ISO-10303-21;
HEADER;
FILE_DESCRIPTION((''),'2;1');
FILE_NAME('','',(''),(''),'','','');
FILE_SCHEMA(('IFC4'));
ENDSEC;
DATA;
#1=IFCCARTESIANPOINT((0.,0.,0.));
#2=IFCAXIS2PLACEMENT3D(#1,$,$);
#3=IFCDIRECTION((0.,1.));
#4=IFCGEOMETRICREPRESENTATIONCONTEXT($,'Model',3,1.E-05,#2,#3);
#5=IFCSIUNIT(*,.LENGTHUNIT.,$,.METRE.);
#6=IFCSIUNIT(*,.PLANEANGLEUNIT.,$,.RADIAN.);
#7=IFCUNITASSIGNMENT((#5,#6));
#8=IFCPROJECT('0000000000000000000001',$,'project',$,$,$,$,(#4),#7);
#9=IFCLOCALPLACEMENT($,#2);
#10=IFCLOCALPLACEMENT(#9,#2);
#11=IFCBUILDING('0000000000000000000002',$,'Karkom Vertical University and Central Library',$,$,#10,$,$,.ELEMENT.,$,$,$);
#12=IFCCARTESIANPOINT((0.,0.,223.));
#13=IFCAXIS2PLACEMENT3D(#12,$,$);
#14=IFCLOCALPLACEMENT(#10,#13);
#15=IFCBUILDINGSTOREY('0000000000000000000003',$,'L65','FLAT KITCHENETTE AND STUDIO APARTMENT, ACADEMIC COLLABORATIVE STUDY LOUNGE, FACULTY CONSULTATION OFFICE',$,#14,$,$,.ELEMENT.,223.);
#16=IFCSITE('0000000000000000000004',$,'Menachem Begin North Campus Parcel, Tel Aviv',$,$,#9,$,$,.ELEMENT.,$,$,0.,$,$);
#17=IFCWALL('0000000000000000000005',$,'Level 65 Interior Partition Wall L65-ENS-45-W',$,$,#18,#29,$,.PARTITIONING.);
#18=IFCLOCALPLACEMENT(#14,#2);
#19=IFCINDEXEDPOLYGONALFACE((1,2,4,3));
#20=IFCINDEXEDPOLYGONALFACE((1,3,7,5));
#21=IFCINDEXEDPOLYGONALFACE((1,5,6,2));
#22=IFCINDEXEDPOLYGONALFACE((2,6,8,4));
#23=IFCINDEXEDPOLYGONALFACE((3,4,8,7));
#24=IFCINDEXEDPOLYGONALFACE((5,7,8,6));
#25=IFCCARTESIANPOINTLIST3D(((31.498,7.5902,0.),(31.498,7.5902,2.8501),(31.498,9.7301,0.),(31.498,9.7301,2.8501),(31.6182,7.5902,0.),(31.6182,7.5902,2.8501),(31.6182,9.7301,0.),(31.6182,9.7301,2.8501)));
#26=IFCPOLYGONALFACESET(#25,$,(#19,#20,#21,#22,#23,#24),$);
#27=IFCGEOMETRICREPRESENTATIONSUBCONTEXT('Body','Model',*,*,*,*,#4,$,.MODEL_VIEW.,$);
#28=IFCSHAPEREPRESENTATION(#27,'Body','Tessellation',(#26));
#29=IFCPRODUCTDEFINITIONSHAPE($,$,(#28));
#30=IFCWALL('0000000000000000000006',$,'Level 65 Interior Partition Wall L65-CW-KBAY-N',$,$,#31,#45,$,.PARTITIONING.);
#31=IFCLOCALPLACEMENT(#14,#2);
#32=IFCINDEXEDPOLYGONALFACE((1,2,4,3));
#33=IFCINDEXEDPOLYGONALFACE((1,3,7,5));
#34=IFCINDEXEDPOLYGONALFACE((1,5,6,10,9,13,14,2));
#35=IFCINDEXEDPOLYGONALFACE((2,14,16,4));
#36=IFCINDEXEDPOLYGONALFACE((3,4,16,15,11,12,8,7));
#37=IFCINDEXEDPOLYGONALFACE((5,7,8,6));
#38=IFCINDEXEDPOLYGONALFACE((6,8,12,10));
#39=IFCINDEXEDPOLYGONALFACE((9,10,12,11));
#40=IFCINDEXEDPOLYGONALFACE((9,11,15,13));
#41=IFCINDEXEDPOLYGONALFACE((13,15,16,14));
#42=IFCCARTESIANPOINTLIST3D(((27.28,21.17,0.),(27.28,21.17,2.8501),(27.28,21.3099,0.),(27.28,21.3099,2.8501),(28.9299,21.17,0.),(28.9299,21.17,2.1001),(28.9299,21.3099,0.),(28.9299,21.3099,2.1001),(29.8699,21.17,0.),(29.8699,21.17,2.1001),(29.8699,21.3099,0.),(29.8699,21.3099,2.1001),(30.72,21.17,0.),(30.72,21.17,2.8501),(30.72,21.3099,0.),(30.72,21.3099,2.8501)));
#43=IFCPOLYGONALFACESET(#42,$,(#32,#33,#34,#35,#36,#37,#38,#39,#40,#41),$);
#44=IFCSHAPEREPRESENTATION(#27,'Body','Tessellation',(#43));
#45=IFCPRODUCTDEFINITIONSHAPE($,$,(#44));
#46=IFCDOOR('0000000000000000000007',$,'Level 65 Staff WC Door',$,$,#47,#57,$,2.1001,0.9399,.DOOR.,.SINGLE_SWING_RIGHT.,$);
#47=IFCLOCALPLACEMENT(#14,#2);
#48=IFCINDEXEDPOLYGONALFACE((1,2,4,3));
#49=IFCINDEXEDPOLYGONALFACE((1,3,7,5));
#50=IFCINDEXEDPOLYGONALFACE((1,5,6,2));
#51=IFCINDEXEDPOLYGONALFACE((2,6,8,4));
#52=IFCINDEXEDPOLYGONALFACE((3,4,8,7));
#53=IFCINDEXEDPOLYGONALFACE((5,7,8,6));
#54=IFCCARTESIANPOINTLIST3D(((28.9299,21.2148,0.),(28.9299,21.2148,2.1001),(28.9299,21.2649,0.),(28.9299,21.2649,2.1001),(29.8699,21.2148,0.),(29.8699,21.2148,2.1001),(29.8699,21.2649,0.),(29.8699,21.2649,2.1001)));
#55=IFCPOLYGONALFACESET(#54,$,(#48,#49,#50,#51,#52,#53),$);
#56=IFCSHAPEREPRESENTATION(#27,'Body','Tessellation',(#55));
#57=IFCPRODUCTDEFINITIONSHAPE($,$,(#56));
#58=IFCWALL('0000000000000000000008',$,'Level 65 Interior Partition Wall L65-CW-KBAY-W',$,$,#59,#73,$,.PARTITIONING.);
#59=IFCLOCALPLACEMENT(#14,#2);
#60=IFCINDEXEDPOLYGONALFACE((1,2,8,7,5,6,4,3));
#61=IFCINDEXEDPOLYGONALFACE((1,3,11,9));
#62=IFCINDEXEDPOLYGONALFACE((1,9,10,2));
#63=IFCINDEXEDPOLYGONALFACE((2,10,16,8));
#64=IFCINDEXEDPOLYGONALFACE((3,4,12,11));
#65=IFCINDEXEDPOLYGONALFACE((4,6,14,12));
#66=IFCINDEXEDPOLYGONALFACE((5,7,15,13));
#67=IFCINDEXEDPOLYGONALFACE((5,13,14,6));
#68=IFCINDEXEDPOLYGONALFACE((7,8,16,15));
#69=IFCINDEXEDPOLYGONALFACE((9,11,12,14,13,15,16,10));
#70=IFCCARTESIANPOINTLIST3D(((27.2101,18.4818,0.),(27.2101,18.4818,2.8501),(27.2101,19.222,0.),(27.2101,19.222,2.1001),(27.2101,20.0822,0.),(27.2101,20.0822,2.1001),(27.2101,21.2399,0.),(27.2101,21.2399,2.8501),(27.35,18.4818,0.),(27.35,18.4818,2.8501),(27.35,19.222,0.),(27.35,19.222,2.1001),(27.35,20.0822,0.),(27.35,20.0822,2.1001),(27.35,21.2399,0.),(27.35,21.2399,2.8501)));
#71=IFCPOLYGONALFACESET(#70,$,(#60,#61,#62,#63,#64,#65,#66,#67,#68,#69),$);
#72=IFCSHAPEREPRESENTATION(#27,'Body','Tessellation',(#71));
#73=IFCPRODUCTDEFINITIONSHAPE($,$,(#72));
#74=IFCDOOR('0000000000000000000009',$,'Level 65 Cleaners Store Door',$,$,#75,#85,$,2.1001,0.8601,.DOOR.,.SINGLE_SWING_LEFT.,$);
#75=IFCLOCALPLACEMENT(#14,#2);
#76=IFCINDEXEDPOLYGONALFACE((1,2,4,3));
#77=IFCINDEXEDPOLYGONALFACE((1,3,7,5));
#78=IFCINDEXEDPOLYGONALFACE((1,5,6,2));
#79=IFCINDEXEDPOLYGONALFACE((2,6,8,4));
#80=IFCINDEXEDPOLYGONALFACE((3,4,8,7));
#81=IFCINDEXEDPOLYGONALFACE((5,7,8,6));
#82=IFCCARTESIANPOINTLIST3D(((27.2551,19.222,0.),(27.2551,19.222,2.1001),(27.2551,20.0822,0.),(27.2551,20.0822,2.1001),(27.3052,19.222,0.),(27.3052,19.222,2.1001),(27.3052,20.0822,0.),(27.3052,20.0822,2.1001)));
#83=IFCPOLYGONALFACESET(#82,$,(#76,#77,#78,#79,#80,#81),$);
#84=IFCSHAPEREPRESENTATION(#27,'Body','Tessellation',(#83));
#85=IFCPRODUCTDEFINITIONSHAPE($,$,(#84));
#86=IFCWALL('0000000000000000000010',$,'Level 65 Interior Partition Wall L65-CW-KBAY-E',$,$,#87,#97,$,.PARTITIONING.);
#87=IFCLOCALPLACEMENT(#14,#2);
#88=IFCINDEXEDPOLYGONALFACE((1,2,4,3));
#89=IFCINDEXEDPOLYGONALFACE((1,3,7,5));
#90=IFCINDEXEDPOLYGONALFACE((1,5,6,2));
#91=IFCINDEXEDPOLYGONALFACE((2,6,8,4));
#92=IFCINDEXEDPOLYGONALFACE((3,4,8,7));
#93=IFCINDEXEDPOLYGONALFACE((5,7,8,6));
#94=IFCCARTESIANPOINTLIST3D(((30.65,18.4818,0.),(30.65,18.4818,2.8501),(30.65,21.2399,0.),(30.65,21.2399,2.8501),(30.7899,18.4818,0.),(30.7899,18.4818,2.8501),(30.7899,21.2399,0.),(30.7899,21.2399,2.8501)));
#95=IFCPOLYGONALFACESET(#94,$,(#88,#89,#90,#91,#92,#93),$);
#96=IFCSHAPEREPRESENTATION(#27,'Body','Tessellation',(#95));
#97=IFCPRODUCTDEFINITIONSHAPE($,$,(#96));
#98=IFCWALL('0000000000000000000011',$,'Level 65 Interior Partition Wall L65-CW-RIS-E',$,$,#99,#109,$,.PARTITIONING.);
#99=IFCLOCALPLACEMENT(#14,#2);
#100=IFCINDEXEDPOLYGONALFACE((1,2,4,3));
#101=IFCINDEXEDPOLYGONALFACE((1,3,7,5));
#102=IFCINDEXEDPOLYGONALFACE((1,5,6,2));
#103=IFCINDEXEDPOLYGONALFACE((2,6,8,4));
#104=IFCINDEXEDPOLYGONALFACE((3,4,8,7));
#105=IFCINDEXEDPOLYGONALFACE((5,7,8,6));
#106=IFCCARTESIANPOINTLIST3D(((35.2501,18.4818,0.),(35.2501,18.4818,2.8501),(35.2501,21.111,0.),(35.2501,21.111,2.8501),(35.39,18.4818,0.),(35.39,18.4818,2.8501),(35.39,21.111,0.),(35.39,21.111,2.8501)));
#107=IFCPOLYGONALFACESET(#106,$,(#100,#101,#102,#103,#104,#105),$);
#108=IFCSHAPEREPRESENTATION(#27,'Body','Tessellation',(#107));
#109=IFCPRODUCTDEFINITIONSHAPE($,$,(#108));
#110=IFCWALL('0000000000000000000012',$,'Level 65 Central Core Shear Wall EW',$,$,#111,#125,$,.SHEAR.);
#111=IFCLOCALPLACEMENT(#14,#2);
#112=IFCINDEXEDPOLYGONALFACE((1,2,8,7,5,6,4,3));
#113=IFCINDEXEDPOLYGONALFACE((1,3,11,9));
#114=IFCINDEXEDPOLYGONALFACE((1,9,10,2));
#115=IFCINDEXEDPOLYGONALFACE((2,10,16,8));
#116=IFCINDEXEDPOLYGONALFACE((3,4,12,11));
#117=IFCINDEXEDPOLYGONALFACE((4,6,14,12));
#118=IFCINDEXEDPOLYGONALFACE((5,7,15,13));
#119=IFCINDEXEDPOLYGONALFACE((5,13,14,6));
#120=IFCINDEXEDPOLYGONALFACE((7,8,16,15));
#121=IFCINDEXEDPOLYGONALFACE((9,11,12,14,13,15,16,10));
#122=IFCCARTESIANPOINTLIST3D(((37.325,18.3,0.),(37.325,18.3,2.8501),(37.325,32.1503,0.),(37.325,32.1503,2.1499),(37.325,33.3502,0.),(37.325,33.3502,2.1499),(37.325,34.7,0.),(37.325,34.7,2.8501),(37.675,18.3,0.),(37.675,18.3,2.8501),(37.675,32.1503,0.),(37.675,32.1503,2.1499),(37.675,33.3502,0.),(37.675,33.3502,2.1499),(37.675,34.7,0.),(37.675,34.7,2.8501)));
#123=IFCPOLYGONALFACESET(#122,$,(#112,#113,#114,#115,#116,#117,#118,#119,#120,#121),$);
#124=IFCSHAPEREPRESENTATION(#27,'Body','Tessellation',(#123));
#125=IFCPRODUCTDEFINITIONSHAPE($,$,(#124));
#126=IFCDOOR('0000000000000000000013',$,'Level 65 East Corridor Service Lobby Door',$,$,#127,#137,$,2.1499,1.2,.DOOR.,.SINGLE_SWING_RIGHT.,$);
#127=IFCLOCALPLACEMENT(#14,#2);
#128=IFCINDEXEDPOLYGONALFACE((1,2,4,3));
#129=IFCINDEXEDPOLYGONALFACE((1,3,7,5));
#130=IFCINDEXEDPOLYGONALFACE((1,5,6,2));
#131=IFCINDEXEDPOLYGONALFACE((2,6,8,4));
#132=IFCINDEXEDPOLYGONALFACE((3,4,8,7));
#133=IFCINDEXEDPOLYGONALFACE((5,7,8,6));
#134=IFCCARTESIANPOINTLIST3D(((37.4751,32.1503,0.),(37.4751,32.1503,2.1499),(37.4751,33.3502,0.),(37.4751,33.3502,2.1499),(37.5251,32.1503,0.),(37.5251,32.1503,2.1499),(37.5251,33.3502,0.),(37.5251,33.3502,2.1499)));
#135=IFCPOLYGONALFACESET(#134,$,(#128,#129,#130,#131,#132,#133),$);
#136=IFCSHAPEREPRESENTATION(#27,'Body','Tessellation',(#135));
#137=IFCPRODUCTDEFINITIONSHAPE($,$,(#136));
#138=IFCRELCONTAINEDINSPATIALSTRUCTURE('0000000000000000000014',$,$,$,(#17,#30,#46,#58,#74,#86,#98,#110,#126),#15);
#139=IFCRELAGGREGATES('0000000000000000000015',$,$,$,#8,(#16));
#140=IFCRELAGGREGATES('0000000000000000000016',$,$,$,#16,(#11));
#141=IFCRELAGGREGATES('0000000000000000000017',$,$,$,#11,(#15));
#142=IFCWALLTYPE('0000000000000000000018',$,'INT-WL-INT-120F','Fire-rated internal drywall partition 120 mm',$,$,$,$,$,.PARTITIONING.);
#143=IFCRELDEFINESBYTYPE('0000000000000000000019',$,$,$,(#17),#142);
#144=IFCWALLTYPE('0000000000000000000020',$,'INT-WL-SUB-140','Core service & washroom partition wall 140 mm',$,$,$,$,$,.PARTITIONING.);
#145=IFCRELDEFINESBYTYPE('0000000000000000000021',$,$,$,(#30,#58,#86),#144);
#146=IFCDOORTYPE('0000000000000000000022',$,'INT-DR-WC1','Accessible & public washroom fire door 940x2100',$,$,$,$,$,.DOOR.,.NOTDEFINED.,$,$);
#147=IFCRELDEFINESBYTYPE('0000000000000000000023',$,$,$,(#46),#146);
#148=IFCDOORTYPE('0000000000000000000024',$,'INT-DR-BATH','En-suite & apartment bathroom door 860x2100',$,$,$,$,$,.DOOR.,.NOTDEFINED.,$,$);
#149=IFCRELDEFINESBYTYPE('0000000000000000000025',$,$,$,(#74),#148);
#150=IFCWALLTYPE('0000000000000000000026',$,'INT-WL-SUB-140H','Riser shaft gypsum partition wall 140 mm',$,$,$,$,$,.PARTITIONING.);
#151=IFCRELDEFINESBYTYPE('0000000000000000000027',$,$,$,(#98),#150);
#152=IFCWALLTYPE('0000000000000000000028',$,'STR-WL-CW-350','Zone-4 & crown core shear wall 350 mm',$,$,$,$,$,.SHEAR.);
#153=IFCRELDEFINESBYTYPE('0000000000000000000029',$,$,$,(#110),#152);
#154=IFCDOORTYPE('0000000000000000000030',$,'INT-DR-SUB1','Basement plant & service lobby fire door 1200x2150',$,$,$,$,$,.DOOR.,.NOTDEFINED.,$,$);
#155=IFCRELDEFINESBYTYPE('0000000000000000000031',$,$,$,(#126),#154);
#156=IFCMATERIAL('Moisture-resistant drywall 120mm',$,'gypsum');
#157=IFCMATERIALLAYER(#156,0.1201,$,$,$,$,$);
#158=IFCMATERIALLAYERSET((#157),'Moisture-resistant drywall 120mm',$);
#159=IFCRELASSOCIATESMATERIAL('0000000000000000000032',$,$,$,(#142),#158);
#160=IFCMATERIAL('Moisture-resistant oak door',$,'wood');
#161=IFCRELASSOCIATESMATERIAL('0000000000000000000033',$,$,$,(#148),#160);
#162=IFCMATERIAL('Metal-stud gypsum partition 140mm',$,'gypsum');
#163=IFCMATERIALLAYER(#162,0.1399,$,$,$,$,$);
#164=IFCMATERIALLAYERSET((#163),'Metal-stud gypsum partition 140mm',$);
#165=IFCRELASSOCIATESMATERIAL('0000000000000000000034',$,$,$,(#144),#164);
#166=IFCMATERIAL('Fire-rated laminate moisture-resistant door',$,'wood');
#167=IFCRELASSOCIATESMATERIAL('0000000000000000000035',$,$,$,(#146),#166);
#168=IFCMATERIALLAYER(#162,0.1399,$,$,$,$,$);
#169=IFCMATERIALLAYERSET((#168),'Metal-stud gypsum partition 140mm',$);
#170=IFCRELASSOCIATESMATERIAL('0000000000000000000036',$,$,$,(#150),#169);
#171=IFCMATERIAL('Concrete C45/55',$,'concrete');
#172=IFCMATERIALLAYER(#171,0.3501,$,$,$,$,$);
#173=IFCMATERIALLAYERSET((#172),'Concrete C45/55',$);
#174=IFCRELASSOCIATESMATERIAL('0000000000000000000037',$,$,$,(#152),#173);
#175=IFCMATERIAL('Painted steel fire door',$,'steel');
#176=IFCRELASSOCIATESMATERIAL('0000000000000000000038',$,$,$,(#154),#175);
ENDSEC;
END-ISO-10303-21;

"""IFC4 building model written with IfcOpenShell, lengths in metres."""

from ifc_helpers import new_model, si_unit, direction, frame, frame_2d, origin, origin_with_axes, place, context, subcontext, project, spatial, rectangle, extrude, source, transform, mapped, material, layer, layer_set, type_object, element, fill, save


model = new_model("IFC4")

# Units and contexts
model_context = context("Model", 3, precision=1e-05, world=origin(), true_north=direction((0.0, 1.0)))
body_context = subcontext(model_context, "Body", "Model", "MODEL_VIEW")
ifc_project = project(units=[si_unit("LENGTHUNIT", "METRE"), si_unit("PLANEANGLEUNIT", "RADIAN")], contexts=[model_context])

# Site, building, storey
site_placement = place(None, origin())
site = spatial("IfcSite", under=ifc_project, at=site_placement, Name="Menachem Begin North Campus Parcel, Tel Aviv", CompositionType="ELEMENT", RefElevation=0.0)
building_placement = place(site_placement, origin())
building = spatial("IfcBuilding", under=site, at=building_placement, Name="Karkom Vertical University and Central Library", CompositionType="ELEMENT")
storey_placement = place(building_placement, frame((0.0, 0.0, 223.0)))
storey = spatial("IfcBuildingStorey", under=building, at=storey_placement, Name="L65", Description="FLAT KITCHENETTE AND STUDIO APARTMENT, ACADEMIC COLLABORATIVE STUDY LOUNGE, FACULTY CONSULTATION OFFICE", CompositionType="ELEMENT", Elevation=223.0)

# Shared definitions
ifc_material_1 = material(Name="Moisture-resistant drywall 120mm", Category="gypsum")

# Shared definitions
ifc_layer_1 = layer(ifc_material_1, 0.1201)
ifc_layer_set_1 = layer_set([ifc_layer_1], Name="Moisture-resistant drywall 120mm")
wall_type_1 = type_object("IfcWallType", Name="INT-WL-INT-120F", Description="Fire-rated internal drywall partition 120 mm", PredefinedType="PARTITIONING", material=ifc_layer_set_1)
ifc_material_2 = material(Name="Moisture-resistant oak door", Category="wood")
door_type_1 = type_object("IfcDoorType", Name="INT-DR-BATH", Description="En-suite & apartment bathroom door 860x2100", OperationType="NOTDEFINED", PredefinedType="DOOR", material=ifc_material_2)
shared_shape_1 = source(origin_with_axes(), body_context, "Body", "SweptSolid", [
    extrude(rectangle(XDim=0.8601, YDim=2.1001, at=frame_2d((0.4302, 1.05))), frame((0.0, 0.0249, 0.0), z_axis=(0.0, -1.0, 0.0), x_axis=(1.0, 0.0, 0.0)), (0.0, 0.0, 1.0), 0.05),
])

# Wall
for number, where, z_axis, x_axis, name in (
    (1, (31.5581, 9.73, 0.0), (0.0, 0.0, 1.0), (0.0, -1.0, 0.0), "Level 65 Interior Partition Wall L65-ENS-45-W"),
):
    element("IfcWall", number, at=place(storey_placement, frame(where, z_axis=z_axis, x_axis=x_axis)), inside=storey, type_object=wall_type_1, Name=name, PredefinedType="PARTITIONING", context=body_context, shape_type="SweptSolid", body=[
        extrude(rectangle(XDim=2.1399, YDim=0.1201, at=frame_2d((1.0698, 0.0))), origin(), (0.0, 0.0, 1.0), 2.8501),
    ])

# Walls, openings, doors
ifc_material_3 = material(Name="Metal-stud gypsum partition 140mm", Category="gypsum")
ifc_layer_2 = layer(ifc_material_3, 0.1399)
ifc_layer_set_2 = layer_set([ifc_layer_2], Name="Metal-stud gypsum partition 140mm")
wall_type_2 = type_object("IfcWallType", Name="INT-WL-SUB-140", Description="Core service & washroom partition wall 140 mm", PredefinedType="PARTITIONING", material=ifc_layer_set_2)
wall_1_placement = place(storey_placement, frame((27.28, 21.24, 0.0), z_axis=(0.0, 0.0, 1.0), x_axis=(1.0, 0.0, 0.0)))
wall_1 = element("IfcWall", 2, at=wall_1_placement, inside=storey, type_object=wall_type_2, Name="Level 65 Interior Partition Wall L65-CW-KBAY-N", PredefinedType="PARTITIONING", context=body_context, shape_type="SweptSolid", body=[
    extrude(rectangle(XDim=3.4399, YDim=0.1399, at=frame_2d((1.72, 0.0))), origin(), (0.0, 0.0, 1.0), 2.8501),
])
opening_1_placement = place(wall_1_placement, frame((1.6499, 0.0, 0.0)))
opening_1 = element("IfcOpeningElement", 3, at=opening_1_placement, cuts=wall_1, PredefinedType="OPENING", context=body_context, shape_type="SweptSolid", body=[
    extrude(rectangle(XDim=0.9399, YDim=2.1001, at=frame_2d((0.47, 1.05))), frame((0.0, 0.0801, 0.0), z_axis=(0.0, -1.0, 0.0), x_axis=(1.0, 0.0, 0.0)), (0.0, 0.0, 1.0), 0.1599),
])
ifc_material_4 = material(Name="Fire-rated laminate moisture-resistant door", Category="wood")
door_type_2 = type_object("IfcDoorType", Name="INT-DR-WC1", Description="Accessible & public washroom fire door 940x2100", OperationType="NOTDEFINED", PredefinedType="DOOR", material=ifc_material_4)
shared_shape_2 = source(origin_with_axes(), body_context, "Body", "SweptSolid", [
    extrude(rectangle(XDim=0.9399, YDim=2.1001, at=frame_2d((0.47, 1.05))), frame((0.0, 0.0249, 0.0), z_axis=(0.0, -1.0, 0.0), x_axis=(1.0, 0.0, 0.0)), (0.0, 0.0, 1.0), 0.05),
])
door_1_placement = place(opening_1_placement, origin())
door_1 = element("IfcDoor", 4, at=door_1_placement, inside=storey, type_object=door_type_2, Name="Level 65 Staff WC Door", OperationType="SINGLE_SWING_RIGHT", OverallHeight=2.1001, OverallWidth=0.9399, PredefinedType="DOOR", context=body_context, shape_type="MappedRepresentation", body=[
    mapped(shared_shape_2, transform((0.0, 0.0, 0.0), scale=1.0)),
])
fill(opening_1, door_1)
wall_2_placement = place(storey_placement, frame((27.28, 18.4819, 0.0), z_axis=(0.0, 0.0, 1.0), x_axis=(0.0, 1.0, 0.0)))
wall_2 = element("IfcWall", 5, at=wall_2_placement, inside=storey, type_object=wall_type_2, Name="Level 65 Interior Partition Wall L65-CW-KBAY-W", PredefinedType="PARTITIONING", context=body_context, shape_type="SweptSolid", body=[
    extrude(rectangle(XDim=2.7581, YDim=0.1399, at=frame_2d((1.3789, 0.0))), origin(), (0.0, 0.0, 1.0), 2.8501),
])
opening_2_placement = place(wall_2_placement, frame((0.74, 0.0, 0.0)))
opening_2 = element("IfcOpeningElement", 6, at=opening_2_placement, cuts=wall_2, PredefinedType="OPENING", context=body_context, shape_type="SweptSolid", body=[
    extrude(rectangle(XDim=0.8601, YDim=2.1001, at=frame_2d((0.4302, 1.05))), frame((0.0, 0.0801, 0.0), z_axis=(0.0, -1.0, 0.0), x_axis=(1.0, 0.0, 0.0)), (0.0, 0.0, 1.0), 0.1599),
])
door_2_placement = place(opening_2_placement, origin())
door_2 = element("IfcDoor", 7, at=door_2_placement, inside=storey, type_object=door_type_1, Name="Level 65 Cleaners Store Door", OperationType="SINGLE_SWING_LEFT", OverallHeight=2.1001, OverallWidth=0.8601, PredefinedType="DOOR", context=body_context, shape_type="MappedRepresentation", body=[
    mapped(shared_shape_1, transform((0.0, 0.0, 0.0), scale=1.0)),
])
fill(opening_2, door_2)

# Walls
wall_3_placement = place(storey_placement, frame((30.72, 18.4819, 0.0), z_axis=(0.0, 0.0, 1.0), x_axis=(0.0, 1.0, 0.0)))
element("IfcWall", 8, at=wall_3_placement, inside=storey, type_object=wall_type_2, Name="Level 65 Interior Partition Wall L65-CW-KBAY-E", PredefinedType="PARTITIONING", context=body_context, shape_type="SweptSolid", body=[
    extrude(rectangle(XDim=2.7581, YDim=0.1399, at=frame_2d((1.3789, 0.0))), origin(), (0.0, 0.0, 1.0), 2.8501),
])
ifc_layer_3 = layer(ifc_material_3, 0.1399)
ifc_layer_set_3 = layer_set([ifc_layer_3], Name="Metal-stud gypsum partition 140mm")
wall_type_3 = type_object("IfcWallType", Name="INT-WL-SUB-140H", Description="Riser shaft gypsum partition wall 140 mm", PredefinedType="PARTITIONING", material=ifc_layer_set_3)
wall_4_placement = place(storey_placement, frame((35.3201, 18.4819, 0.0), z_axis=(0.0, 0.0, 1.0), x_axis=(0.0, 1.0, 0.0)))
element("IfcWall", 9, at=wall_4_placement, inside=storey, type_object=wall_type_3, Name="Level 65 Interior Partition Wall L65-CW-RIS-E", PredefinedType="PARTITIONING", context=body_context, shape_type="SweptSolid", body=[
    extrude(rectangle(XDim=2.6292, YDim=0.1399, at=frame_2d((1.3145, 0.0))), origin(), (0.0, 0.0, 1.0), 2.8501),
])

# Wall, opening, door
ifc_material_5 = material(Name="Concrete C45/55", Category="concrete")
ifc_layer_4 = layer(ifc_material_5, 0.3501)
ifc_layer_set_4 = layer_set([ifc_layer_4], Name="Concrete C45/55")
wall_type_4 = type_object("IfcWallType", Name="STR-WL-CW-350", Description="Zone-4 & crown core shear wall 350 mm", PredefinedType="SHEAR", material=ifc_layer_set_4)
wall_5_placement = place(storey_placement, frame((37.5, 18.3, 0.0), z_axis=(0.0, 0.0, 1.0), x_axis=(0.0, 1.0, 0.0)))
wall_5 = element("IfcWall", 10, at=wall_5_placement, inside=storey, type_object=wall_type_4, Name="Level 65 Central Core Shear Wall EW", PredefinedType="SHEAR", context=body_context, shape_type="SweptSolid", body=[
    extrude(rectangle(XDim=16.3999, YDim=0.3501, at=frame_2d((8.2, 0.0))), origin(), (0.0, 0.0, 1.0), 2.8501),
])
opening_3_placement = place(wall_5_placement, frame((13.8501, 0.0, 0.0)))
opening_3 = element("IfcOpeningElement", 11, at=opening_3_placement, cuts=wall_5, PredefinedType="OPENING", context=body_context, shape_type="SweptSolid", body=[
    extrude(rectangle(XDim=1.2, YDim=2.1499, at=frame_2d((0.6001, 1.075))), frame((0.0, 0.1851, 0.0), z_axis=(0.0, -1.0, 0.0), x_axis=(1.0, 0.0, 0.0)), (0.0, 0.0, 1.0), 0.3701),
])
ifc_material_6 = material(Name="Painted steel fire door", Category="steel")
door_type_3 = type_object("IfcDoorType", Name="INT-DR-SUB1", Description="Basement plant & service lobby fire door 1200x2150", OperationType="NOTDEFINED", PredefinedType="DOOR", material=ifc_material_6)
shared_shape_3 = source(origin_with_axes(), body_context, "Body", "SweptSolid", [
    extrude(rectangle(XDim=1.2, YDim=2.1499, at=frame_2d((0.6001, 1.075))), frame((0.0, 0.0249, 0.0), z_axis=(0.0, -1.0, 0.0), x_axis=(1.0, 0.0, 0.0)), (0.0, 0.0, 1.0), 0.05),
])
door_3_placement = place(opening_3_placement, origin())
door_3 = element("IfcDoor", 12, at=door_3_placement, inside=storey, type_object=door_type_3, Name="Level 65 East Corridor Service Lobby Door", OperationType="SINGLE_SWING_RIGHT", OverallHeight=2.1499, OverallWidth=1.2, PredefinedType="DOOR", context=body_context, shape_type="MappedRepresentation", body=[
    mapped(shared_shape_3, transform((0.0, 0.0, 0.0), scale=1.0)),
])
fill(opening_3, door_3)

save(model, "model.ifc")
